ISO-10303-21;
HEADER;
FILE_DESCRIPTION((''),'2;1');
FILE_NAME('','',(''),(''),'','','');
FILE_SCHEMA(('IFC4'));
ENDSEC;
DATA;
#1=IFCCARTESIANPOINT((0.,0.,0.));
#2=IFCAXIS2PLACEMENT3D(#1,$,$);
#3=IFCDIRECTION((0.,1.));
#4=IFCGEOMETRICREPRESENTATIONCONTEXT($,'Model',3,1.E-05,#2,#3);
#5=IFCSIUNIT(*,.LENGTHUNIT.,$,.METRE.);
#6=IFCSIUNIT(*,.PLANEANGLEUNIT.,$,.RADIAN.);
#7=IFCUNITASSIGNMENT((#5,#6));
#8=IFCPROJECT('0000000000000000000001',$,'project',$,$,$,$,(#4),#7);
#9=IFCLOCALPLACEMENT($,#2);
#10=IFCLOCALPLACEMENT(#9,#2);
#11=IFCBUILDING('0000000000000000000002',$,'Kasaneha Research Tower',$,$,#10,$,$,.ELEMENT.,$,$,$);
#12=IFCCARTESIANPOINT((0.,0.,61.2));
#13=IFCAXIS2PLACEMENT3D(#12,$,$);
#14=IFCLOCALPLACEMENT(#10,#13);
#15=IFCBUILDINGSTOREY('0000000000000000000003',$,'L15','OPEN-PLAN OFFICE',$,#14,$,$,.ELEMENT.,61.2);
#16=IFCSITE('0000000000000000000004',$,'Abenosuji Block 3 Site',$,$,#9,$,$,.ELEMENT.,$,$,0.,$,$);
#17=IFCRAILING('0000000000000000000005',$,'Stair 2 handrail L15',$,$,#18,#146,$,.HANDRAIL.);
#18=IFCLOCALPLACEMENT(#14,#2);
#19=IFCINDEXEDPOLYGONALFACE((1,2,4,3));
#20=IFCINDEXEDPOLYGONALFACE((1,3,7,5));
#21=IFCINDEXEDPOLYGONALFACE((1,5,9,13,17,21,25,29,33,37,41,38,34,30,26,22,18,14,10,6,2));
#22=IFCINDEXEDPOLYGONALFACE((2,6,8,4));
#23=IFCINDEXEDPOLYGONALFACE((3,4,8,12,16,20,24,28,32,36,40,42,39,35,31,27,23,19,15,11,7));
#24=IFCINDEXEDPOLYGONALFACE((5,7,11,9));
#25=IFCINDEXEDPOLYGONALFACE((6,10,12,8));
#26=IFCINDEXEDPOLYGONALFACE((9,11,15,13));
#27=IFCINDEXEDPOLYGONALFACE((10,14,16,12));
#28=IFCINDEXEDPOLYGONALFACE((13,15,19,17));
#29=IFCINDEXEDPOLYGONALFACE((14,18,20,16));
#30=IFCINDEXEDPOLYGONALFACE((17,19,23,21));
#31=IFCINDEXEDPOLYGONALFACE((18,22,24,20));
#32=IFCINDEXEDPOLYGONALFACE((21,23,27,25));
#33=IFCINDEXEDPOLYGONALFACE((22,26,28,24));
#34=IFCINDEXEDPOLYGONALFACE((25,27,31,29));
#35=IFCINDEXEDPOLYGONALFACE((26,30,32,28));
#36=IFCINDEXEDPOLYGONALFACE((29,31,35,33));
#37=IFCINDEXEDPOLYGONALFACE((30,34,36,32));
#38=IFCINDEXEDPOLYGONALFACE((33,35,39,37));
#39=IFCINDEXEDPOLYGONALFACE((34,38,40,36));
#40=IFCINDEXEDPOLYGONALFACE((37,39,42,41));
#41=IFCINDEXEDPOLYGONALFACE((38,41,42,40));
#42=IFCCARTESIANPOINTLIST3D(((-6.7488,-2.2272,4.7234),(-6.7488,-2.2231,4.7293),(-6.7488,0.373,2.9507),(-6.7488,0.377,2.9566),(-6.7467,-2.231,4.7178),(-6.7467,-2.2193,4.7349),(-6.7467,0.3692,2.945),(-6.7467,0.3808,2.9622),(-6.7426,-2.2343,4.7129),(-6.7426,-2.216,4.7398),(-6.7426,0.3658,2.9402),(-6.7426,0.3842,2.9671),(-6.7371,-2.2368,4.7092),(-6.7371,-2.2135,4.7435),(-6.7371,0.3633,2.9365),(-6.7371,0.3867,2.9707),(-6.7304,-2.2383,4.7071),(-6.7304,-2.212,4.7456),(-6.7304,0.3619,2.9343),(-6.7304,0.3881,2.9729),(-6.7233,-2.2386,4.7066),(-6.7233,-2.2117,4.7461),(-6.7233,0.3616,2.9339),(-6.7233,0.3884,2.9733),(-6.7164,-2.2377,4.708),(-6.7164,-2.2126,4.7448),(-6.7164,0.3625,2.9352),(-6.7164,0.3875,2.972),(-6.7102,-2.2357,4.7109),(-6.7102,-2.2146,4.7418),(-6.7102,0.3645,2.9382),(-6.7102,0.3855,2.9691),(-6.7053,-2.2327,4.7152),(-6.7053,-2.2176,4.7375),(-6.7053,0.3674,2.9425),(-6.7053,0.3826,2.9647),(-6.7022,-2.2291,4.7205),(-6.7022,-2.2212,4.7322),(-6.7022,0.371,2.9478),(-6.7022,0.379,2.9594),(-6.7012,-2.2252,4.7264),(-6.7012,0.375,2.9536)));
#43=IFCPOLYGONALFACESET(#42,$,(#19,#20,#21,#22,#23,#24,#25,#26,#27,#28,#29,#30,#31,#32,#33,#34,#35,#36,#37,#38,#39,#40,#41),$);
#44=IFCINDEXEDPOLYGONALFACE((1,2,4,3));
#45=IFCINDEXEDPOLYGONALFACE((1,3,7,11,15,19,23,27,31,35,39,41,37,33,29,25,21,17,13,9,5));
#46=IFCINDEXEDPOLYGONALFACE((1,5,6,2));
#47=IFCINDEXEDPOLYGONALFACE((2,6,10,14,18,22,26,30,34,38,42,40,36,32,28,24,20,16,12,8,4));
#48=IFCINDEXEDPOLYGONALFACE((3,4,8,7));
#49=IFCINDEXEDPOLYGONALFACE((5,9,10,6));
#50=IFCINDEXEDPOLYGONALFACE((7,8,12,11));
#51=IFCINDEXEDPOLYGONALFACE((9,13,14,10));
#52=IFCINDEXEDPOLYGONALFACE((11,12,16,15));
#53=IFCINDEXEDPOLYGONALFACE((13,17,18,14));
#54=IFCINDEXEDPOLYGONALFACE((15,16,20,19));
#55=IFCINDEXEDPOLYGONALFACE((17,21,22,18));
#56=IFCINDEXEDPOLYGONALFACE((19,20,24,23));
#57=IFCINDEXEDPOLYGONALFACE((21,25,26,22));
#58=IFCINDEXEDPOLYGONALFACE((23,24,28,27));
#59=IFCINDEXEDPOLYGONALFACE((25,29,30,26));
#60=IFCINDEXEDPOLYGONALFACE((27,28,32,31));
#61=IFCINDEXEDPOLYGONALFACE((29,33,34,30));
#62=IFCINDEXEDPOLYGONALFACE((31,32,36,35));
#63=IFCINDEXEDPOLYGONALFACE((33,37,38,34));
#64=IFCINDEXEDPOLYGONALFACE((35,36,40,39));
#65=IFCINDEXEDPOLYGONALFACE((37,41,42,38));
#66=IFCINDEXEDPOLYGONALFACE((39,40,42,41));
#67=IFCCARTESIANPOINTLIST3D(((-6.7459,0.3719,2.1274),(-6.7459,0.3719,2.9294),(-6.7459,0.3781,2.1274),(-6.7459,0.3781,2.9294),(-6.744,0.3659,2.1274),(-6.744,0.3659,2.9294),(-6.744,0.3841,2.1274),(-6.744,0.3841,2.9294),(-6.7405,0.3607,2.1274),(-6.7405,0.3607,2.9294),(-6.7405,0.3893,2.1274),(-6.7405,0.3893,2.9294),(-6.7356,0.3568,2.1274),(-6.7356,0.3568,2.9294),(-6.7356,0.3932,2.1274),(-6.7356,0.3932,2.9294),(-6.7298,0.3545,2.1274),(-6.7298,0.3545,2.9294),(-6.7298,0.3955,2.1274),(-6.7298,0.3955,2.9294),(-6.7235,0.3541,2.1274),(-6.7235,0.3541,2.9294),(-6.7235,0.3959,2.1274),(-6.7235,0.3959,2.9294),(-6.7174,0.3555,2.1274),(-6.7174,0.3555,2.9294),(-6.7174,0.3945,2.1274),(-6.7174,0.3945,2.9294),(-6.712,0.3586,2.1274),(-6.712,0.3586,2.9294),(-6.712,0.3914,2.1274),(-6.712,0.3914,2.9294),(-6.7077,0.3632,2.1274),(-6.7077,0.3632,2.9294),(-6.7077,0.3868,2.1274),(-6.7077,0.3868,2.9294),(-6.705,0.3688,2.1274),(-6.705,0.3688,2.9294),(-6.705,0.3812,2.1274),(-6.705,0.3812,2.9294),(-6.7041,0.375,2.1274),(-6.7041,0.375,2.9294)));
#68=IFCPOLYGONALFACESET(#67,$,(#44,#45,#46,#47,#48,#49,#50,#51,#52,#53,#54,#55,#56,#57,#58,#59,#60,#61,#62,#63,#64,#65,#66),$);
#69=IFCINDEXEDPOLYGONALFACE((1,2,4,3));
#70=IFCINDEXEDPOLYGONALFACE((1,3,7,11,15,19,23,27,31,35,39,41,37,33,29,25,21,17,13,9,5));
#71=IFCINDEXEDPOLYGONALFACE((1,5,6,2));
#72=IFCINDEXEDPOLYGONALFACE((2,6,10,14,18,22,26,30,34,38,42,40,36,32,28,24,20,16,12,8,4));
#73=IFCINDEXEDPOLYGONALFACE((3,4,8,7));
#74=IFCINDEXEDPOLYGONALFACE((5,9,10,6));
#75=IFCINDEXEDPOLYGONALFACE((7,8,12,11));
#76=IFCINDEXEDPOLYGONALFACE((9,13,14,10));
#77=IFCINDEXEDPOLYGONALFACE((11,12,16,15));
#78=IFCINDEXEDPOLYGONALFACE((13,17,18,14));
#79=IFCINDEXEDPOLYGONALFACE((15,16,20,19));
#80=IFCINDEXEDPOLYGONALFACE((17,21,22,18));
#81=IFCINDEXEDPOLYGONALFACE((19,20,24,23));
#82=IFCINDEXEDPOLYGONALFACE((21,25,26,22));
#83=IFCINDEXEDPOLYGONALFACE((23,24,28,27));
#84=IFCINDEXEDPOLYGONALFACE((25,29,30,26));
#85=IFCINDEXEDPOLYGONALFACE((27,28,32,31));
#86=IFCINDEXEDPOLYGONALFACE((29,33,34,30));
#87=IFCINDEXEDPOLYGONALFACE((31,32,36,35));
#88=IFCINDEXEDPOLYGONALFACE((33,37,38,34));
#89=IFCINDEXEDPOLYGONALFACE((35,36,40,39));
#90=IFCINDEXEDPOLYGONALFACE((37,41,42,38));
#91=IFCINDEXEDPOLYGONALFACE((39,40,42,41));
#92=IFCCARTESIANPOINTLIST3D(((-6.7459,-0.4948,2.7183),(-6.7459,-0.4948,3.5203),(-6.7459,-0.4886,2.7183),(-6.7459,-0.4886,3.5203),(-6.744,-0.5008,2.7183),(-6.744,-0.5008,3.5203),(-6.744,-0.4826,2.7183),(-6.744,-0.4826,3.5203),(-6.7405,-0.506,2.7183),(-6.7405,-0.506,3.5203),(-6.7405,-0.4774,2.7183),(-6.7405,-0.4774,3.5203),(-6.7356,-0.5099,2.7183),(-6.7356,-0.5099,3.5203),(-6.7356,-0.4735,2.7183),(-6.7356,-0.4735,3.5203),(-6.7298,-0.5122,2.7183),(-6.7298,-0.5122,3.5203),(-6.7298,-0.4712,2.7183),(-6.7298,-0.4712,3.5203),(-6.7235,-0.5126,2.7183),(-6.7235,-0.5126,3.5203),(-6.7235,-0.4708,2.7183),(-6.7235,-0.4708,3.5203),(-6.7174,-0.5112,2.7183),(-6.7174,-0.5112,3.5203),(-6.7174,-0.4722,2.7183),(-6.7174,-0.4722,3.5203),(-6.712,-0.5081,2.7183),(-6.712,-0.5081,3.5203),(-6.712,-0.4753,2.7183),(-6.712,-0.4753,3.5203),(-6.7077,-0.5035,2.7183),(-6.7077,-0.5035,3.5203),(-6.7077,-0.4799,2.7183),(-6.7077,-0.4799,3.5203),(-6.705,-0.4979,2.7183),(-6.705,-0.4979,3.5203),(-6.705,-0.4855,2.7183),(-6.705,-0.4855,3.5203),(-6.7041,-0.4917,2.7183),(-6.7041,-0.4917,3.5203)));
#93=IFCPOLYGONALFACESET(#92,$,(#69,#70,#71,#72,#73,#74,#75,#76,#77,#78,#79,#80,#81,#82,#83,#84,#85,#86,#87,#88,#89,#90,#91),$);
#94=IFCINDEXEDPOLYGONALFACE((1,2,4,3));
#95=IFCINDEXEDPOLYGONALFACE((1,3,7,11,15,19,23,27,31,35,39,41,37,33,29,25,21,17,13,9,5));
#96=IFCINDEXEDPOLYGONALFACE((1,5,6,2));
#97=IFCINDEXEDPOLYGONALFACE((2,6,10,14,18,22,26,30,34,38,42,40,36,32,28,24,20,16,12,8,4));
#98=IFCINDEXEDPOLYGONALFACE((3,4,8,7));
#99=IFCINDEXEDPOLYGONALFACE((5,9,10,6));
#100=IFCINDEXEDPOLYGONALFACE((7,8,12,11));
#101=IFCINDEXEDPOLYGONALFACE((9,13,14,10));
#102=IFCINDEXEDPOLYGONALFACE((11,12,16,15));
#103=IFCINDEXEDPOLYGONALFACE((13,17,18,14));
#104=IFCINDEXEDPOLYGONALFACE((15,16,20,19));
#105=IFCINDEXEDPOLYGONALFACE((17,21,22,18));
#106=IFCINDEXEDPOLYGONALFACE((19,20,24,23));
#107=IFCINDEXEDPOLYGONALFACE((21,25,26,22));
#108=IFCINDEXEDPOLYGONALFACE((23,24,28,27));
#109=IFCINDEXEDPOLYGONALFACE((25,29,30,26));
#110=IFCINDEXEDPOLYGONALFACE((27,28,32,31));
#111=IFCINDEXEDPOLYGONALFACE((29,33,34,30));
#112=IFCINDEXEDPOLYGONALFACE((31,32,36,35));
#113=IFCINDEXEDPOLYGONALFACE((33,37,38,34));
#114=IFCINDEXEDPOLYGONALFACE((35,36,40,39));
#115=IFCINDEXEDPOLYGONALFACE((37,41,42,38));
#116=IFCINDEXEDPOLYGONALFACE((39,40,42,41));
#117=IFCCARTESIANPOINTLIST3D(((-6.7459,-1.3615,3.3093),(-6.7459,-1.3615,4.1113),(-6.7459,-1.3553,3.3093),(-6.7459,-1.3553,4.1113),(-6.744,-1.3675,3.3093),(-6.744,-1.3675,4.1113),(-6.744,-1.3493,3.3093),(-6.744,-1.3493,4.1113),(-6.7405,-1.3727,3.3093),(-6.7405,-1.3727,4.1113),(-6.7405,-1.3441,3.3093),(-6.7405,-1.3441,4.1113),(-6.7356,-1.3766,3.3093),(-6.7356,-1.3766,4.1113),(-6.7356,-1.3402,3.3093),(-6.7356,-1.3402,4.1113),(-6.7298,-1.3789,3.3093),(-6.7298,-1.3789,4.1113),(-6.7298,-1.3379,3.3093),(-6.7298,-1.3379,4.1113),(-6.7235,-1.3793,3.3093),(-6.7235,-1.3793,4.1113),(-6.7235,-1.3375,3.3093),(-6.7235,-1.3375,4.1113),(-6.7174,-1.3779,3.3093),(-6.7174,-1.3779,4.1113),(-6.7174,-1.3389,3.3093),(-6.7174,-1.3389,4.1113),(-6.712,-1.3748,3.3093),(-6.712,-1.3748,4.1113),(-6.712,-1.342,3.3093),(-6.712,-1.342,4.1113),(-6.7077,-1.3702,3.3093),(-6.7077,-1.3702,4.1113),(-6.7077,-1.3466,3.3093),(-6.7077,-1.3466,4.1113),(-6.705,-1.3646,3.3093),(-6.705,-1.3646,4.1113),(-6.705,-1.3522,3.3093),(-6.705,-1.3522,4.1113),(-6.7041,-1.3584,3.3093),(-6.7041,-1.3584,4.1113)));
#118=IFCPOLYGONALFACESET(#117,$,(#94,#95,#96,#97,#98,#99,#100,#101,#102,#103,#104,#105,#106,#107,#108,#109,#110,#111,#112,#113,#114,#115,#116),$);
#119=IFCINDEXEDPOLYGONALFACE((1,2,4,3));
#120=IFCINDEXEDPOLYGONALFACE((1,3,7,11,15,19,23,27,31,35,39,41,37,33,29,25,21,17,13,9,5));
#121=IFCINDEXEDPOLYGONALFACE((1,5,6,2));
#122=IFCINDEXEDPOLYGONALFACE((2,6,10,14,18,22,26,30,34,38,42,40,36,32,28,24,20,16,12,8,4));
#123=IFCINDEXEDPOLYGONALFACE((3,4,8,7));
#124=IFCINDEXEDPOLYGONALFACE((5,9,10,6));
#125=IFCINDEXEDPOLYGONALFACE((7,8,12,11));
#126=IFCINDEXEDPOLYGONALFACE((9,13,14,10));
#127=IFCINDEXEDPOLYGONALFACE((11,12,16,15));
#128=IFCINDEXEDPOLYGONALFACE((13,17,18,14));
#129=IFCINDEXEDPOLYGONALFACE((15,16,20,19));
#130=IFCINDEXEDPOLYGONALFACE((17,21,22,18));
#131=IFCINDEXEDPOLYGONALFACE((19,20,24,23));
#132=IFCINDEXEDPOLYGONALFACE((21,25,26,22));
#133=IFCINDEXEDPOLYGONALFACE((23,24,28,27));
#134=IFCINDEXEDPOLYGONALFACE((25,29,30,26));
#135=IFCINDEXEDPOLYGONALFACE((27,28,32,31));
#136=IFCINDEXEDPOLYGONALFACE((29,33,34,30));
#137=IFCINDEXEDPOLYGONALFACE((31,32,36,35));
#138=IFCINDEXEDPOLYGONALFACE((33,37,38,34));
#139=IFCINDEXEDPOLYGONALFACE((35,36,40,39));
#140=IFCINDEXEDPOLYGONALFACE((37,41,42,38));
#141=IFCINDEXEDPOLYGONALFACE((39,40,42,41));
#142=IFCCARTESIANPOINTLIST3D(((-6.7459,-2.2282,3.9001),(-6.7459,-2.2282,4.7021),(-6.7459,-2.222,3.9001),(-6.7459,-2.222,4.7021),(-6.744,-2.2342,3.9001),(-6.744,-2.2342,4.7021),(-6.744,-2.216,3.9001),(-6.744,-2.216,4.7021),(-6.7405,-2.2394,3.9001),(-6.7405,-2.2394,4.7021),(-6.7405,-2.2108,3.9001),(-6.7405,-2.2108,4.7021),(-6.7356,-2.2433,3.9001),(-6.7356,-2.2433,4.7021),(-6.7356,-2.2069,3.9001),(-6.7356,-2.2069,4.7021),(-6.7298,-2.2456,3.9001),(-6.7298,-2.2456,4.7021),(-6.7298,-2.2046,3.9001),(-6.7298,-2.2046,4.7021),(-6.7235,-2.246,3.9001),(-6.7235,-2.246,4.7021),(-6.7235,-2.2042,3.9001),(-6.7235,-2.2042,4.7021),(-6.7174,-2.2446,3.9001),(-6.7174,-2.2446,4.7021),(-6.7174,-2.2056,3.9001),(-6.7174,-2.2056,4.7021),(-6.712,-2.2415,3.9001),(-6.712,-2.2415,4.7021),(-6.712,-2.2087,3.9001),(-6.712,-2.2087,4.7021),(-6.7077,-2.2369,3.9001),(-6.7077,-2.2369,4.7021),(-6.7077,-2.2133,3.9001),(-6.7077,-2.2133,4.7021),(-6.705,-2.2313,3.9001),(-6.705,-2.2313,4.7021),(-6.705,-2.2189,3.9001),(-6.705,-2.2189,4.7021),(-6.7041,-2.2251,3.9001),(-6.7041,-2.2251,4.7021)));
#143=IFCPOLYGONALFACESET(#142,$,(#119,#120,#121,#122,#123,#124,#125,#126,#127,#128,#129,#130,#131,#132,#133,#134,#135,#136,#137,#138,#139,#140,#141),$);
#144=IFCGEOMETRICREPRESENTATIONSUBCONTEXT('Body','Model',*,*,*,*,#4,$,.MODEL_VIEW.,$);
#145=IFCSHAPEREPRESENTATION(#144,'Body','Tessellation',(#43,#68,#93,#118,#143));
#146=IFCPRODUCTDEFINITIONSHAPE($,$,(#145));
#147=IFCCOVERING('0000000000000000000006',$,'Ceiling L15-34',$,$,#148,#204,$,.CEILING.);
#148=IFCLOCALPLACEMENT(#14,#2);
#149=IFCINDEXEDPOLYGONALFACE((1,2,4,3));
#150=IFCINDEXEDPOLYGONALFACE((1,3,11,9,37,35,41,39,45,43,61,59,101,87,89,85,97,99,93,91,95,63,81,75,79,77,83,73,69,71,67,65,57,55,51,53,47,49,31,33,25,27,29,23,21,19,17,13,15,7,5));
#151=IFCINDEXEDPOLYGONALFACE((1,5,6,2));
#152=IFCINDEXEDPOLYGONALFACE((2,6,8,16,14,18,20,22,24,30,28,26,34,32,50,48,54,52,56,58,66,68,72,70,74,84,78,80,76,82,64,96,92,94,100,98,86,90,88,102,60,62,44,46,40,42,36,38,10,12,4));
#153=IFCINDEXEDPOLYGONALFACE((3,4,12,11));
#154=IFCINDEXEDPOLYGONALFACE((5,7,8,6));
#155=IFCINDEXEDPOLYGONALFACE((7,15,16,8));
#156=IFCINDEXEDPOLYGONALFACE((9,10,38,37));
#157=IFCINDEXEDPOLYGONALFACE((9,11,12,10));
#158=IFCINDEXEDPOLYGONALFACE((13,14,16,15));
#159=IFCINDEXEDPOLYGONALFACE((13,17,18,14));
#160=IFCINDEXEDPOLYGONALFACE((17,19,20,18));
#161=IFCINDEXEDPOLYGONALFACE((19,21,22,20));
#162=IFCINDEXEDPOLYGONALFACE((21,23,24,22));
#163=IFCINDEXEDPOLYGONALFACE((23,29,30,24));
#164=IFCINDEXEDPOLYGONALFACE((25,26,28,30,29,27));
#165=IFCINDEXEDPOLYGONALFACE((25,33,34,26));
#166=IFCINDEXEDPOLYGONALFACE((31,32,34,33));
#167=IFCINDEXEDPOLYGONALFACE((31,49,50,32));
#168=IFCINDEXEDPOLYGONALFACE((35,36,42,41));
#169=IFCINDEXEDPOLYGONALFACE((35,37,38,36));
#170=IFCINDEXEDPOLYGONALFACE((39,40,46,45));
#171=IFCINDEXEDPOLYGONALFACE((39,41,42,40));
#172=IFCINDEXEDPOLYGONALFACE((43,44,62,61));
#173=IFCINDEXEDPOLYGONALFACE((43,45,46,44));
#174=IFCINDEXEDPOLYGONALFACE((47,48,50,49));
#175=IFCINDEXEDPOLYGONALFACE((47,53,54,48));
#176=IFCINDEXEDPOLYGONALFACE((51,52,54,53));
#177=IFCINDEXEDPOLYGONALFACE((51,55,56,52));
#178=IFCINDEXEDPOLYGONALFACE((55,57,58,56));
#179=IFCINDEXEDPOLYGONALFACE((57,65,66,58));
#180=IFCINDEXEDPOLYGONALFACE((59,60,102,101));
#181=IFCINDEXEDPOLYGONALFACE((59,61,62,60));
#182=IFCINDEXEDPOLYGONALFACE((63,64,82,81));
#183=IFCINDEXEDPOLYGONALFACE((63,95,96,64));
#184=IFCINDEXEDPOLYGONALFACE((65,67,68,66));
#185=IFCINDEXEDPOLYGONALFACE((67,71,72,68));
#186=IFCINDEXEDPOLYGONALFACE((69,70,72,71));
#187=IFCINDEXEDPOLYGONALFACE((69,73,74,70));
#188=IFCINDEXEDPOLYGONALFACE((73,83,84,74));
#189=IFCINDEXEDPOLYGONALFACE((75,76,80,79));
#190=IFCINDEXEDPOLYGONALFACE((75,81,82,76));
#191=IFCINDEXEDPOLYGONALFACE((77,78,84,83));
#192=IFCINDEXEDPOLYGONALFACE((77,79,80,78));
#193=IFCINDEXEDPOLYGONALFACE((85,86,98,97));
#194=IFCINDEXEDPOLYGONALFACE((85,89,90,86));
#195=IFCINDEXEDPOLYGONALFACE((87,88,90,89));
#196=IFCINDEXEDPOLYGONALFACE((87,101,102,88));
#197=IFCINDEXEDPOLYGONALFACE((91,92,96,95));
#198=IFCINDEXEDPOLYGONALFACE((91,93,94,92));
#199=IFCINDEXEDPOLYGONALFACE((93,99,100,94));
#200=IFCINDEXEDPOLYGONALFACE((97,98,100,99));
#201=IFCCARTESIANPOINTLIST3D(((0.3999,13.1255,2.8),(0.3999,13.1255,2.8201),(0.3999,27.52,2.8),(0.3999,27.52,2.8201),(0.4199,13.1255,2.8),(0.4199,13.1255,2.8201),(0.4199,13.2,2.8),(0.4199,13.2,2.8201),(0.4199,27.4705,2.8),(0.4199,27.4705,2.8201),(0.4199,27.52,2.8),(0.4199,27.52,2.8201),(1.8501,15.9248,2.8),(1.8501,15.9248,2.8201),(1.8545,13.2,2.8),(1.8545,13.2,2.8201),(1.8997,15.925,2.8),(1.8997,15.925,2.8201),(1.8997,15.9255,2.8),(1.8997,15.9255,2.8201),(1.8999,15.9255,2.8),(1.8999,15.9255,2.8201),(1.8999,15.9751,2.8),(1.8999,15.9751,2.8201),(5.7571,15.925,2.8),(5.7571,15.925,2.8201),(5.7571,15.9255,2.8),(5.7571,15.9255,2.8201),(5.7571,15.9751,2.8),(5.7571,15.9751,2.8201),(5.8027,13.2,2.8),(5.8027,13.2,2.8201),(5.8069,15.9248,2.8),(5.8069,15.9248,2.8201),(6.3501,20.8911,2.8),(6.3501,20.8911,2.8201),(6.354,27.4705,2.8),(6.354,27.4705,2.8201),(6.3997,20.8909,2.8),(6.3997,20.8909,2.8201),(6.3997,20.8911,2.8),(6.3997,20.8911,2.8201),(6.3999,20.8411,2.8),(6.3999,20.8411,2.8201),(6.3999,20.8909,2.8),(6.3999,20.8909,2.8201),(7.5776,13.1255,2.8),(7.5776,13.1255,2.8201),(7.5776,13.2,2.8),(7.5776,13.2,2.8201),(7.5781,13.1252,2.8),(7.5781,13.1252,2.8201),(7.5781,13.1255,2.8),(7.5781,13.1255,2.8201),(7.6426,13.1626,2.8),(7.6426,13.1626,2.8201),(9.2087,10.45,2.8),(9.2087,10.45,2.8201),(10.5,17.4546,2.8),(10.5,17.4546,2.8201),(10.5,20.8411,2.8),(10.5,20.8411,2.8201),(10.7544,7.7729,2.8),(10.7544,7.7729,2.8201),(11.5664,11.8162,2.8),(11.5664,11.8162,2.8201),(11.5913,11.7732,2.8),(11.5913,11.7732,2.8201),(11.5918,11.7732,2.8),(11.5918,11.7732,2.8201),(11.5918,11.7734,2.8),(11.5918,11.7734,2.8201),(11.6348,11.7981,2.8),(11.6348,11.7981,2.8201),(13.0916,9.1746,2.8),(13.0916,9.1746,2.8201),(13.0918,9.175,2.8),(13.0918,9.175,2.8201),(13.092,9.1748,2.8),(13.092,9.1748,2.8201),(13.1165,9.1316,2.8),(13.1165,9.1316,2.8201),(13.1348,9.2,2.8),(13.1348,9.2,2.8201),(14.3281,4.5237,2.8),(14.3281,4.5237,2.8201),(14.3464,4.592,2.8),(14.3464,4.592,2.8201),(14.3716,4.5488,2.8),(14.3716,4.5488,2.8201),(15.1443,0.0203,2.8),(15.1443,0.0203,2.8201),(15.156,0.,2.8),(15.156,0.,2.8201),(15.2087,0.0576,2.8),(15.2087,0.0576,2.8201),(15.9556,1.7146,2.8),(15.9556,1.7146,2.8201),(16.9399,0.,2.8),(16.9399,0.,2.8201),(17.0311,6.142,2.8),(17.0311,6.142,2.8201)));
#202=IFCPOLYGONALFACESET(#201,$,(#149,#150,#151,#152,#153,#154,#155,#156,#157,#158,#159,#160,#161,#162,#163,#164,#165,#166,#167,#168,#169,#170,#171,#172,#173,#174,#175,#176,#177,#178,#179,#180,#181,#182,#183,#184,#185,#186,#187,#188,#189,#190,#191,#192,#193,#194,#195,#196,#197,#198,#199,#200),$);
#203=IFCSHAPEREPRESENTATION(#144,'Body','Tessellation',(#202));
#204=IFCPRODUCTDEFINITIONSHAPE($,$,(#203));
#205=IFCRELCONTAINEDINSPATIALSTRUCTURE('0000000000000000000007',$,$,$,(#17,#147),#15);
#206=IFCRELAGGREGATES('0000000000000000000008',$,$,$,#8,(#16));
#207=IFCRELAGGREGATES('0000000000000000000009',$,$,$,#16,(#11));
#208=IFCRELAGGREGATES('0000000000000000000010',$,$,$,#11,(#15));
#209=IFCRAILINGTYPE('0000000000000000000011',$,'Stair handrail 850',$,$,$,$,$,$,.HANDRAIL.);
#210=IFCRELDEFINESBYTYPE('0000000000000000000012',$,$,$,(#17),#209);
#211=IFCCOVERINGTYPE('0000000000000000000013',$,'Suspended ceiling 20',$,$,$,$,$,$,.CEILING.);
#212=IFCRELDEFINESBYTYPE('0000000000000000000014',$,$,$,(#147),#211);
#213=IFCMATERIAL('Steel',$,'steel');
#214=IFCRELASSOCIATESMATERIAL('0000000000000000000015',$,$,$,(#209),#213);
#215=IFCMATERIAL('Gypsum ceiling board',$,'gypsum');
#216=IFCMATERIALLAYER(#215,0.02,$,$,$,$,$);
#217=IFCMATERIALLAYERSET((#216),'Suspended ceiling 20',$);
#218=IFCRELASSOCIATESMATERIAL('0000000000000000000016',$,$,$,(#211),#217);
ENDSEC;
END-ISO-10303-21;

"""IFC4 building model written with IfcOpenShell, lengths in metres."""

from ifc_helpers import new_model, si_unit, direction, frame, origin, origin_2d, place, context, subcontext, project, spatial, polyline, circle, outline, extrude, material, layer, layer_set, type_object, element, save


model = new_model("IFC4")

# Units and contexts
model_context = context("Model", 3, precision=1e-05, world=origin(), true_north=direction((0.0, 1.0)))
body_context = subcontext(model_context, "Body", "Model", "MODEL_VIEW")
ifc_project = project(units=[si_unit("LENGTHUNIT", "METRE"), si_unit("PLANEANGLEUNIT", "RADIAN")], contexts=[model_context])

# Site, building, storey
site_placement = place(None, origin())
site = spatial("IfcSite", under=ifc_project, at=site_placement, Name="Abenosuji Block 3 Site", CompositionType="ELEMENT", RefElevation=0.0)
building_placement = place(site_placement, origin())
building = spatial("IfcBuilding", under=site, at=building_placement, Name="Kasaneha Research Tower", CompositionType="ELEMENT")
storey_placement = place(building_placement, frame((0.0, 0.0, 61.2)))
storey = spatial("IfcBuildingStorey", under=building, at=storey_placement, Name="L15", Description="OPEN-PLAN OFFICE", CompositionType="ELEMENT", Elevation=61.2)

# Railing
ifc_material_1 = material(Name="Steel", Category="steel")
railing_type_1 = type_object("IfcRailingType", Name="Stair handrail 850", PredefinedType="HANDRAIL", material=ifc_material_1)
railing_1_placement = place(storey_placement, frame((-6.7251, 0.375, 2.1274)))
element("IfcRailing", 1, at=railing_1_placement, inside=storey, type_object=railing_type_1, Name="Stair 2 handrail L15", PredefinedType="HANDRAIL", context=body_context, shape_type="SweptSolid", body=[
    extrude(circle(Radius=0.0239, at=origin_2d()), frame((0.0, 0.0, 0.8262), z_axis=(0.0, -0.82624, 0.563318), x_axis=(1.0, 0.0, 0.0)), (0.0, 0.0, 1.0), 3.147),
    extrude(circle(Radius=0.021, at=origin_2d()), origin(), (0.0, 0.0, 1.0), 0.802),
    extrude(circle(Radius=0.021, at=origin_2d()), frame((0.0, -0.8667, 0.5908)), (0.0, 0.0, 1.0), 0.802),
    extrude(circle(Radius=0.021, at=origin_2d()), frame((0.0, -1.7334, 1.1819)), (0.0, 0.0, 1.0), 0.802),
    extrude(circle(Radius=0.021, at=origin_2d()), frame((0.0, -2.6001, 1.7727)), (0.0, 0.0, 1.0), 0.802),
])

# Covering
ifc_material_2 = material(Name="Gypsum ceiling board", Category="gypsum")
ifc_layer_1 = layer(ifc_material_2, 0.02)
ifc_layer_set_1 = layer_set([ifc_layer_1], Name="Suspended ceiling 20")
covering_type = type_object("IfcCoveringType", Name="Suspended ceiling 20", PredefinedType="CEILING", material=ifc_layer_set_1)
covering_1_placement = place(storey_placement, frame((0.0, 0.0, 2.8)))
element("IfcCovering", 2, at=covering_1_placement, inside=storey, type_object=covering_type, Name="Ceiling L15-34", PredefinedType="CEILING", context=body_context, shape_type="SweptSolid", body=[
    extrude(outline(polyline([(15.156, 0.0), (15.1443, 0.0203), (15.2087, 0.0576), (10.7544, 7.7729), (13.1165, 9.1316), (13.0916, 9.1746), (13.092, 9.1748), (13.0918, 9.175), (13.1348, 9.2), (11.6348, 11.7981), (11.5918, 11.7732), (11.5918, 11.7734), (11.5913, 11.7732), (11.5664, 11.8162), (9.2087, 10.45), (7.6426, 13.1626), (7.5781, 13.1252), (7.5781, 13.1255), (7.5776, 13.1255), (7.5776, 13.2), (5.8027, 13.2), (5.8069, 15.9248), (5.7571, 15.925), (5.7571, 15.9255), (5.7571, 15.9255), (5.7571, 15.9751), (1.8999, 15.9751), (1.8999, 15.9255), (1.8997, 15.9255), (1.8997, 15.925), (1.8501, 15.9248), (1.8545, 13.2), (0.4199, 13.2), (0.4199, 13.1255), (0.3999, 13.1255), (0.3999, 27.52), (0.4199, 27.52), (0.4199, 27.4705), (6.354, 27.4705), (6.3501, 20.8911), (6.3997, 20.8911), (6.3997, 20.8909), (6.3999, 20.8909), (6.3999, 20.8411), (10.5, 20.8411), (10.5, 17.4546), (17.0559, 6.0991), (17.0559, 6.0991), (17.0312, 6.1421), (14.3464, 4.592), (14.3716, 4.5488), (14.3281, 4.5237), (15.9556, 1.7146), (16.9399, 0.0), (15.156, 0.0)])), origin(), (0.0, 0.0, 1.0), 0.02),
])

save(model, "model.ifc")
